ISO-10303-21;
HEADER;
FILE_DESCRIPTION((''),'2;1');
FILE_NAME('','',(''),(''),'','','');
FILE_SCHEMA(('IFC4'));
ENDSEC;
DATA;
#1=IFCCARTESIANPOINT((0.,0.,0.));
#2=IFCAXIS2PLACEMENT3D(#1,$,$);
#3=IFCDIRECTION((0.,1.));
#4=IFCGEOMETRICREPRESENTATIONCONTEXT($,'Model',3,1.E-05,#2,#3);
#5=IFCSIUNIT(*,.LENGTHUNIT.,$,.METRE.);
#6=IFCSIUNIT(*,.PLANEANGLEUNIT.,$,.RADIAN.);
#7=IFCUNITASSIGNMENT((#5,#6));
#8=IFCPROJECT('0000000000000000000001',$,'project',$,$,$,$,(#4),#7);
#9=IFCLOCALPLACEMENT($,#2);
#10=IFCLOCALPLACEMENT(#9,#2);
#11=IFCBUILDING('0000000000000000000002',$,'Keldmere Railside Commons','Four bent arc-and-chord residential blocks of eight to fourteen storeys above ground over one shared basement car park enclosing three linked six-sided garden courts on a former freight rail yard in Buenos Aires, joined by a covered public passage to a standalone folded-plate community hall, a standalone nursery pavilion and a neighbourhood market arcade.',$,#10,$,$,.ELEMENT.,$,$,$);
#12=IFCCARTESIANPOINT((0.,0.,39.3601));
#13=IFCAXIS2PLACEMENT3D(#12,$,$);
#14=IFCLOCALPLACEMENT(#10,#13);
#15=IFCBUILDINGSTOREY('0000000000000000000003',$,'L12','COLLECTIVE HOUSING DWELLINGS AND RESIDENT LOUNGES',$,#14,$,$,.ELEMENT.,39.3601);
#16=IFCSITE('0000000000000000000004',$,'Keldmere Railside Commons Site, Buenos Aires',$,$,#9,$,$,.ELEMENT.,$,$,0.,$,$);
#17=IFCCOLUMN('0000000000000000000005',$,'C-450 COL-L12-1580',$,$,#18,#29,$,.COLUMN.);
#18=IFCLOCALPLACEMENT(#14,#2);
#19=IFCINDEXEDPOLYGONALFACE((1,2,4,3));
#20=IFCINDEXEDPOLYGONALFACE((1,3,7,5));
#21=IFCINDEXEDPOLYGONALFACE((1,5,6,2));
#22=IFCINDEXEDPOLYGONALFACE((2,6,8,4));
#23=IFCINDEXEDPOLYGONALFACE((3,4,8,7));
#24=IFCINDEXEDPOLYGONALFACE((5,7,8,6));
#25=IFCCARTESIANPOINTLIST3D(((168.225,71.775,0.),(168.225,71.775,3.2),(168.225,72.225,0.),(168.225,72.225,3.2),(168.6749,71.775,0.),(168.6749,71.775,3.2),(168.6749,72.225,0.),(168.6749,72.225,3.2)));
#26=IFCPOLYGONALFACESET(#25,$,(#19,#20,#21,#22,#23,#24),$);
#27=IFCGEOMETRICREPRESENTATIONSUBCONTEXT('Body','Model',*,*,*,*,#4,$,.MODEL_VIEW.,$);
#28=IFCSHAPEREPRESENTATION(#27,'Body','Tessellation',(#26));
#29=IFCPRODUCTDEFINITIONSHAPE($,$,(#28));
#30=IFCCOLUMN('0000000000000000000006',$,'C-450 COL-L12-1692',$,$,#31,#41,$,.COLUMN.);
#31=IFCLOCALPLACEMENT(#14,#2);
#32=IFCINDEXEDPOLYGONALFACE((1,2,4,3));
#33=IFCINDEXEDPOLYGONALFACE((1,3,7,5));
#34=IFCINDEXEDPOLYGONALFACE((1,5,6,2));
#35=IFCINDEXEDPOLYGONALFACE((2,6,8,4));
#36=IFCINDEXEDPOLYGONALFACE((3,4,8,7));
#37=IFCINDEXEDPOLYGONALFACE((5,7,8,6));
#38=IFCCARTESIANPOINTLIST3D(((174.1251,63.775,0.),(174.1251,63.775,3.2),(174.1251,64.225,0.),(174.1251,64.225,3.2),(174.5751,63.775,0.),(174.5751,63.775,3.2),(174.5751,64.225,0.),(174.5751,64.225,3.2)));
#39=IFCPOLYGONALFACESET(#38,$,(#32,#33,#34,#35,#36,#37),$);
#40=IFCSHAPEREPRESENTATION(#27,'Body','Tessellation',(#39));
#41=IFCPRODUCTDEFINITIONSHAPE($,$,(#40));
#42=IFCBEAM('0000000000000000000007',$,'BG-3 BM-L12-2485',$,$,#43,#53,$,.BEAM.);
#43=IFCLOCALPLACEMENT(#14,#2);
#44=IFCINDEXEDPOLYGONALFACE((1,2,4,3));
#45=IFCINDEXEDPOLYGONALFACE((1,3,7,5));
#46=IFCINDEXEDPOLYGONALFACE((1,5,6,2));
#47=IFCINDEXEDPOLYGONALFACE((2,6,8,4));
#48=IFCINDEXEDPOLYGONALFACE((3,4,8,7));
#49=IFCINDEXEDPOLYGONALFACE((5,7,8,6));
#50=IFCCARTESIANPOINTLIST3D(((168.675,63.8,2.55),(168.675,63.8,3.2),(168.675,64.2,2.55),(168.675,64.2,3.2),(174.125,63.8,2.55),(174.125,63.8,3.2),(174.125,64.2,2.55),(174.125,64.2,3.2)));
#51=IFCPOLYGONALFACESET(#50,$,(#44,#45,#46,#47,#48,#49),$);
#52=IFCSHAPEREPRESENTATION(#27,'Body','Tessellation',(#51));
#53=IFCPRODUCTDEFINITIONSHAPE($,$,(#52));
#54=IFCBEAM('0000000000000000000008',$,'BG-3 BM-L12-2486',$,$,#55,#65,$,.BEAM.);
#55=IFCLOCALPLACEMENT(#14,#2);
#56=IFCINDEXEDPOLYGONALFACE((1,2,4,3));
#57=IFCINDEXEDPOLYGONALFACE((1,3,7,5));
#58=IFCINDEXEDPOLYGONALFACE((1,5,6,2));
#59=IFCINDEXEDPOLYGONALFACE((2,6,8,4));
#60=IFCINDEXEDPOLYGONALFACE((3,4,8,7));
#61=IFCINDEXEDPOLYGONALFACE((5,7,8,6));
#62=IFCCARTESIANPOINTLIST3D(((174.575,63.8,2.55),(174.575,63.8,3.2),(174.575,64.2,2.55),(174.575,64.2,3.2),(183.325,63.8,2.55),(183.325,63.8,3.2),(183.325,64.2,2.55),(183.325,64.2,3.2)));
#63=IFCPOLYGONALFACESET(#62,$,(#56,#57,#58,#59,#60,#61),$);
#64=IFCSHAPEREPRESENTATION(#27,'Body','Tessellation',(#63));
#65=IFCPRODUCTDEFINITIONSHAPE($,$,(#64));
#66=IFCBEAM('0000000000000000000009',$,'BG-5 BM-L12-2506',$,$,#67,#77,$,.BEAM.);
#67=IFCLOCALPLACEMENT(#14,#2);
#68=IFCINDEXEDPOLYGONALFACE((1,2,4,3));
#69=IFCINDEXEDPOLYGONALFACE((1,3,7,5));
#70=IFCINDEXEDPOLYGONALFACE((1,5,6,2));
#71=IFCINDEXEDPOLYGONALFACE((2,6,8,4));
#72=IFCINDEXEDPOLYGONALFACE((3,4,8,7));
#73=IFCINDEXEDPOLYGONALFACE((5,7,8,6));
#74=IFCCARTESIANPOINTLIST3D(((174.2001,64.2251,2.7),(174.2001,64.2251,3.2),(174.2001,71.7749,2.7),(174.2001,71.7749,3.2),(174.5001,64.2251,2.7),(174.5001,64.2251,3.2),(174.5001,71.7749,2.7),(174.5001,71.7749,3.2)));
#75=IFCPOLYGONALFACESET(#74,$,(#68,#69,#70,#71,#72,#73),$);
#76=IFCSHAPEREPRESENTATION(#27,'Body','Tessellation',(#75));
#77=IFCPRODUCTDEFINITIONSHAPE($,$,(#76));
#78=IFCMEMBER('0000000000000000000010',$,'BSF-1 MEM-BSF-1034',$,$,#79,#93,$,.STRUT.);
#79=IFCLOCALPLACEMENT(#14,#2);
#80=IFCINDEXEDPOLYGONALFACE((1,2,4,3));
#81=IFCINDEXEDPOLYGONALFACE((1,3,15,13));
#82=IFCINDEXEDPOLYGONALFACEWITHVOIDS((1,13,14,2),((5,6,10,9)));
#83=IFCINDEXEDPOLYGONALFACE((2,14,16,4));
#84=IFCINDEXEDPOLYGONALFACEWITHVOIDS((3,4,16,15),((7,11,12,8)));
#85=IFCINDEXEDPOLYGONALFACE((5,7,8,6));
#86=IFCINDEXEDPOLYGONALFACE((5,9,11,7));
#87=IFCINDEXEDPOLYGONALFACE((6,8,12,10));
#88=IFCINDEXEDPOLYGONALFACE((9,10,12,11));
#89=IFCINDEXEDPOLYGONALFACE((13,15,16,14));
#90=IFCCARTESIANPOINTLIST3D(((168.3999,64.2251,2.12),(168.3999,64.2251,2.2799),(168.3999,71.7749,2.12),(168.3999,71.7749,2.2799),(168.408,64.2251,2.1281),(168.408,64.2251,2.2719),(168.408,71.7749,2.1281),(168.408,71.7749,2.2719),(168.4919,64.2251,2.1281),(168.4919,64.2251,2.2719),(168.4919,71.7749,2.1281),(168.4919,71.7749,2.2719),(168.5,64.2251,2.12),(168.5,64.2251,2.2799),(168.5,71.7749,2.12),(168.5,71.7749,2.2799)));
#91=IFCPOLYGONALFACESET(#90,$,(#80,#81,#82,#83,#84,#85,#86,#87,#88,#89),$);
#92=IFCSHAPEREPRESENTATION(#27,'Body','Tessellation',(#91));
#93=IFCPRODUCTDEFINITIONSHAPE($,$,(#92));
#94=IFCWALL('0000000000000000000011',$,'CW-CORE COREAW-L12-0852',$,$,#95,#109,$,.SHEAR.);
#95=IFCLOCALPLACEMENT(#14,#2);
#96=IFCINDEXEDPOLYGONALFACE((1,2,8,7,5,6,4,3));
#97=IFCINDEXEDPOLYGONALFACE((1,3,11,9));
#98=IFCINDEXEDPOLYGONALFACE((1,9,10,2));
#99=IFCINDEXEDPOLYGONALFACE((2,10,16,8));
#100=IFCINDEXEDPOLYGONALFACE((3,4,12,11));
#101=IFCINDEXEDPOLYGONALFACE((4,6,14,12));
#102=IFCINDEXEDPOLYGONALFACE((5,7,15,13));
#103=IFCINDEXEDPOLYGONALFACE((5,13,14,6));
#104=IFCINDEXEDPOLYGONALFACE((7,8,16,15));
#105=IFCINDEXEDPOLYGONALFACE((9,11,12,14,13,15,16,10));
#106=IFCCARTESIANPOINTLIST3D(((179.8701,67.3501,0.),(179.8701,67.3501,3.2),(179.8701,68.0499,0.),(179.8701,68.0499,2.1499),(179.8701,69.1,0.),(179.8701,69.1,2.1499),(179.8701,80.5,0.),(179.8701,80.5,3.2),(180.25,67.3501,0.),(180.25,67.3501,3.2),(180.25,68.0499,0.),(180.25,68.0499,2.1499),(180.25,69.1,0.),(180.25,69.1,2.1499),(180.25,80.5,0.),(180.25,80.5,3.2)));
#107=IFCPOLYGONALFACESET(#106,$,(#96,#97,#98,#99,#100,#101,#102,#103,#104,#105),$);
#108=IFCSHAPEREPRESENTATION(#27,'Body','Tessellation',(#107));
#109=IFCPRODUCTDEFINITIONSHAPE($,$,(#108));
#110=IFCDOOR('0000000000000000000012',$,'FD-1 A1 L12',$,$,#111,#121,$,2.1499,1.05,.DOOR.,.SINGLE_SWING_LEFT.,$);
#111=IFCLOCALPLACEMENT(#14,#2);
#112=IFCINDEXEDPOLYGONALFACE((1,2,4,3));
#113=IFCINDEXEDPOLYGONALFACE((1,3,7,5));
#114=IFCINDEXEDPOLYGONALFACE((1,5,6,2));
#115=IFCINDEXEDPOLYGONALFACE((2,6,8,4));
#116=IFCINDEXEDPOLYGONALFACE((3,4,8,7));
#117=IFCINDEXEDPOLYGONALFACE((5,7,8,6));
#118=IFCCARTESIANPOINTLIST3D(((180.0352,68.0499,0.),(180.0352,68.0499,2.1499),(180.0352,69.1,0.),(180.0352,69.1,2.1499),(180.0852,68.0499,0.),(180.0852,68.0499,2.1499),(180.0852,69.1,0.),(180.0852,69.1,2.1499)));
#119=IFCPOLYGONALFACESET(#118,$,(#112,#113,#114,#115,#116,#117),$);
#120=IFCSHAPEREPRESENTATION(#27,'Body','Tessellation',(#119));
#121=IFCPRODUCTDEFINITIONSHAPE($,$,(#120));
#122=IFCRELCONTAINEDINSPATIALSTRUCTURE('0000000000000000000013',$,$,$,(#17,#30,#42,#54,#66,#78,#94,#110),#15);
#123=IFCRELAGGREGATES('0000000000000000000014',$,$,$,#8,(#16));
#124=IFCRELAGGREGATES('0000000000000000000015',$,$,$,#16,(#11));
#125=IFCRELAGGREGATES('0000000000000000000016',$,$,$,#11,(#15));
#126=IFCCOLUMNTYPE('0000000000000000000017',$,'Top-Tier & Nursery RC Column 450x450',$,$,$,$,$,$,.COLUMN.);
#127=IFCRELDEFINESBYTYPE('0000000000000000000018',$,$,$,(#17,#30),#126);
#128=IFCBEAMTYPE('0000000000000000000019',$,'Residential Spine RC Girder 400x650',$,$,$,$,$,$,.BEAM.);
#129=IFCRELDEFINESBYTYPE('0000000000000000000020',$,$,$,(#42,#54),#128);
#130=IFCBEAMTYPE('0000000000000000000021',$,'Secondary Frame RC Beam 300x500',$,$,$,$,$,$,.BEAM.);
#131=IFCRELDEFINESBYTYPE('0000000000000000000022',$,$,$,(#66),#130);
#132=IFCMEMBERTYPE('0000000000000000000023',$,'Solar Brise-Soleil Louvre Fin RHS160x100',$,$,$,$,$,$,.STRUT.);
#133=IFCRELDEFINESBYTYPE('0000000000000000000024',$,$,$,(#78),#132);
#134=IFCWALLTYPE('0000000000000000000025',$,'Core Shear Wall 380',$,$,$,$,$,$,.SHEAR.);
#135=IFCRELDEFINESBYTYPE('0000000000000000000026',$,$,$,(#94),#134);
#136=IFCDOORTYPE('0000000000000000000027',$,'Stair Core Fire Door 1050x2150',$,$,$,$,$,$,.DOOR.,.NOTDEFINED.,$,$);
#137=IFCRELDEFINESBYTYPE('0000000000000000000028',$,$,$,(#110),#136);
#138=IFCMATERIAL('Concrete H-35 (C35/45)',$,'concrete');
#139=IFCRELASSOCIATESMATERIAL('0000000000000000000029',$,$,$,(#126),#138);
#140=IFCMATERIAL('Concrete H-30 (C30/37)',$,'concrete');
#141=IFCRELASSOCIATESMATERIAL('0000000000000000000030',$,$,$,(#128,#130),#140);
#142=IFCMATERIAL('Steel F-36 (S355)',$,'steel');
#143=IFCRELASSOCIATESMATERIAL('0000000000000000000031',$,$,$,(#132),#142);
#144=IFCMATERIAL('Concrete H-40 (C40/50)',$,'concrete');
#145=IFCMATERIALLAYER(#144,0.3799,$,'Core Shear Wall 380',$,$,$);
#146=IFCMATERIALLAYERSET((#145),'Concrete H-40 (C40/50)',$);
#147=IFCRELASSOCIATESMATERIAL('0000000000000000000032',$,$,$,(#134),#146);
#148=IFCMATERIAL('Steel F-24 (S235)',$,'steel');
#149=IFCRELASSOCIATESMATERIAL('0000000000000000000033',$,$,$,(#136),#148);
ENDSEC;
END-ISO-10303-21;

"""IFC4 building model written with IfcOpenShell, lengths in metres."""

from ifc_helpers import new_model, si_unit, direction, frame, frame_2d, origin, origin_2d, place, context, subcontext, project, spatial, rectangle, hollow_rectangle, extrude, material, layer, layer_set, material_profile, profile_set, type_object, element, fill, save


model = new_model("IFC4")

# Units and contexts
model_context = context("Model", 3, precision=1e-05, world=origin(), true_north=direction((0.0, 1.0)))
body_context = subcontext(model_context, "Body", "Model", "MODEL_VIEW")
ifc_project = project(units=[si_unit("LENGTHUNIT", "METRE"), si_unit("PLANEANGLEUNIT", "RADIAN")], contexts=[model_context])

# Site, building, storey
site_placement = place(None, origin())
site = spatial("IfcSite", under=ifc_project, at=site_placement, Name="Keldmere Railside Commons Site, Buenos Aires", CompositionType="ELEMENT", RefElevation=0.0)
building_placement = place(site_placement, origin())
building = spatial("IfcBuilding", under=site, at=building_placement, Name="Keldmere Railside Commons", Description="Four bent arc-and-chord residential blocks of eight to fourteen storeys above ground over one shared basement car park enclosing three linked six-sided garden courts on a former freight rail yard in Buenos Aires, joined by a covered public passage to a standalone folded-plate community hall, a standalone nursery pavilion and a neighbourhood market arcade.", CompositionType="ELEMENT")
storey_placement = place(building_placement, frame((0.0, 0.0, 39.3601)))
storey = spatial("IfcBuildingStorey", under=building, at=storey_placement, Name="L12", Description="COLLECTIVE HOUSING DWELLINGS AND RESIDENT LOUNGES", CompositionType="ELEMENT", Elevation=39.3601)

# Columns
ifc_material_1 = material(Name="Concrete H-35 (C35/45)", Category="concrete")
ifc_material_profile_1 = material_profile(ifc_material_1, rectangle(XDim=0.45, YDim=0.45, at=origin_2d()), Name="RC-450x450")
ifc_profile_set_1 = profile_set([ifc_material_profile_1], Name="Concrete H-35 (C35/45)")
column_type = type_object("IfcColumnType", Name="Top-Tier & Nursery RC Column 450x450", PredefinedType="COLUMN", material=ifc_profile_set_1)
for number, where, z_axis, x_axis, name in (
    (1, (168.45, 72.0, 0.0), (0.0, 0.0, 1.0), (1.0, 0.0, 0.0), "C-450 COL-L12-1580"),
    (2, (174.3501, 64.0, 0.0), (0.0, 0.0, 1.0), (1.0, 0.0, 0.0), "C-450 COL-L12-1692"),
):
    element("IfcColumn", number, at=place(storey_placement, frame(where, z_axis=z_axis, x_axis=x_axis)), inside=storey, type_object=column_type, Name=name, PredefinedType="COLUMN", context=body_context, shape_type="SweptSolid", body=[
        extrude(rectangle(XDim=0.45, YDim=0.45, at=origin_2d()), origin(), (0.0, 0.0, 1.0), 3.2),
    ])

# Beams
ifc_material_2 = material(Name="Concrete H-30 (C30/37)", Category="concrete")
ifc_material_profile_2 = material_profile(ifc_material_2, rectangle(XDim=0.3999, YDim=0.6499, at=origin_2d()), Name="RC-400x650")
ifc_profile_set_2 = profile_set([ifc_material_profile_2], Name="Concrete H-30 (C30/37)")
beam_type_1 = type_object("IfcBeamType", Name="Residential Spine RC Girder 400x650", PredefinedType="BEAM", material=ifc_profile_set_2)
beam_1_placement = place(storey_placement, frame((168.675, 64.0, 2.875), z_axis=(1.0, 0.0, 0.0), x_axis=(0.0, 1.0, 0.0)))
element("IfcBeam", 3, at=beam_1_placement, inside=storey, type_object=beam_type_1, Name="BG-3 BM-L12-2485", PredefinedType="BEAM", context=body_context, shape_type="SweptSolid", body=[
    extrude(rectangle(XDim=0.3999, YDim=0.6499, at=origin_2d()), origin(), (0.0, 0.0, 1.0), 5.45),
])
beam_2_placement = place(storey_placement, frame((174.575, 64.0, 2.875), z_axis=(1.0, 0.0, 0.0), x_axis=(0.0, 1.0, 0.0)))
element("IfcBeam", 4, at=beam_2_placement, inside=storey, type_object=beam_type_1, Name="BG-3 BM-L12-2486", PredefinedType="BEAM", context=body_context, shape_type="SweptSolid", body=[
    extrude(rectangle(XDim=0.3999, YDim=0.6499, at=origin_2d()), origin(), (0.0, 0.0, 1.0), 8.75),
])
ifc_material_profile_3 = material_profile(ifc_material_2, rectangle(XDim=0.3, YDim=0.5, at=origin_2d()), Name="RC-300x500")
ifc_profile_set_3 = profile_set([ifc_material_profile_3], Name="Concrete H-30 (C30/37)")
beam_type_2 = type_object("IfcBeamType", Name="Secondary Frame RC Beam 300x500", PredefinedType="BEAM", material=ifc_profile_set_3)
beam_3_placement = place(storey_placement, frame((174.3501, 64.2251, 2.95), z_axis=(0.0, 1.0, 0.0), x_axis=(-1.0, 0.0, 0.0)))
element("IfcBeam", 5, at=beam_3_placement, inside=storey, type_object=beam_type_2, Name="BG-5 BM-L12-2506", PredefinedType="BEAM", context=body_context, shape_type="SweptSolid", body=[
    extrude(rectangle(XDim=0.3, YDim=0.5, at=origin_2d()), origin(), (0.0, 0.0, 1.0), 7.5498),
])

# Member
ifc_material_3 = material(Name="Steel F-36 (S355)", Category="steel")
ifc_material_profile_4 = material_profile(ifc_material_3, hollow_rectangle(XDim=0.1001, YDim=0.1599, WallThickness=0.0081, at=origin_2d()), Name="RHS-160x100x8")
ifc_profile_set_4 = profile_set([ifc_material_profile_4], Name="Steel F-36 (S355)")
member_type = type_object("IfcMemberType", Name="Solar Brise-Soleil Louvre Fin RHS160x100", PredefinedType="STRUT", material=ifc_profile_set_4)
member_placement = place(storey_placement, frame((168.45, 64.2251, 2.2), z_axis=(0.0, 1.0, 0.0), x_axis=(-1.0, 0.0, 0.0)))
element("IfcMember", 6, at=member_placement, inside=storey, type_object=member_type, Name="BSF-1 MEM-BSF-1034", PredefinedType="STRUT", context=body_context, shape_type="SweptSolid", body=[
    extrude(hollow_rectangle(XDim=0.1001, YDim=0.1599, WallThickness=0.0081, at=origin_2d()), origin(), (0.0, 0.0, 1.0), 7.5498),
])

# Wall, opening, door
ifc_material_4 = material(Name="Concrete H-40 (C40/50)", Category="concrete")
ifc_layer_1 = layer(ifc_material_4, 0.3799, Name="Core Shear Wall 380")
ifc_layer_set_1 = layer_set([ifc_layer_1], Name="Concrete H-40 (C40/50)")
wall_type_1 = type_object("IfcWallType", Name="Core Shear Wall 380", PredefinedType="SHEAR", material=ifc_layer_set_1)
wall_1_placement = place(storey_placement, frame((180.0601, 67.3501, 0.0), z_axis=(0.0, 0.0, 1.0), x_axis=(0.0, 1.0, 0.0)))
wall_1 = element("IfcWall", 7, at=wall_1_placement, inside=storey, type_object=wall_type_1, Name="CW-CORE COREAW-L12-0852", PredefinedType="SHEAR", context=body_context, shape_type="SweptSolid", body=[
    extrude(rectangle(XDim=13.1499, YDim=0.3799, at=frame_2d((6.575, 0.0))), origin(), (0.0, 0.0, 1.0), 3.2),
])
opening_1_placement = place(wall_1_placement, frame((0.7, 0.0, 0.0)))
opening_1 = element("IfcOpeningElement", 8, at=opening_1_placement, cuts=wall_1, PredefinedType="OPENING", context=body_context, shape_type="SweptSolid", body=[
    extrude(rectangle(XDim=1.05, YDim=2.1499, at=frame_2d((0.5249, 1.075))), frame((0.0, 0.2, 0.0), z_axis=(0.0, -1.0, 0.0), x_axis=(1.0, 0.0, 0.0)), (0.0, 0.0, 1.0), 0.3999),
])
ifc_material_5 = material(Name="Steel F-24 (S235)", Category="steel")
door_type_1 = type_object("IfcDoorType", Name="Stair Core Fire Door 1050x2150", OperationType="NOTDEFINED", PredefinedType="DOOR", material=ifc_material_5)
door_1_placement = place(opening_1_placement, origin())
door_1 = element("IfcDoor", 9, at=door_1_placement, inside=storey, type_object=door_type_1, Name="FD-1 A1 L12", OperationType="SINGLE_SWING_LEFT", OverallHeight=2.1499, OverallWidth=1.05, PredefinedType="DOOR", context=body_context, shape_type="SweptSolid", body=[
    extrude(rectangle(XDim=1.05, YDim=2.1499, at=frame_2d((0.5249, 1.075))), frame((0.0, 0.0249, 0.0), z_axis=(0.0, -1.0, 0.0), x_axis=(1.0, 0.0, 0.0)), (0.0, 0.0, 1.0), 0.05),
])
fill(opening_1, door_1)

save(model, "model.ifc")
